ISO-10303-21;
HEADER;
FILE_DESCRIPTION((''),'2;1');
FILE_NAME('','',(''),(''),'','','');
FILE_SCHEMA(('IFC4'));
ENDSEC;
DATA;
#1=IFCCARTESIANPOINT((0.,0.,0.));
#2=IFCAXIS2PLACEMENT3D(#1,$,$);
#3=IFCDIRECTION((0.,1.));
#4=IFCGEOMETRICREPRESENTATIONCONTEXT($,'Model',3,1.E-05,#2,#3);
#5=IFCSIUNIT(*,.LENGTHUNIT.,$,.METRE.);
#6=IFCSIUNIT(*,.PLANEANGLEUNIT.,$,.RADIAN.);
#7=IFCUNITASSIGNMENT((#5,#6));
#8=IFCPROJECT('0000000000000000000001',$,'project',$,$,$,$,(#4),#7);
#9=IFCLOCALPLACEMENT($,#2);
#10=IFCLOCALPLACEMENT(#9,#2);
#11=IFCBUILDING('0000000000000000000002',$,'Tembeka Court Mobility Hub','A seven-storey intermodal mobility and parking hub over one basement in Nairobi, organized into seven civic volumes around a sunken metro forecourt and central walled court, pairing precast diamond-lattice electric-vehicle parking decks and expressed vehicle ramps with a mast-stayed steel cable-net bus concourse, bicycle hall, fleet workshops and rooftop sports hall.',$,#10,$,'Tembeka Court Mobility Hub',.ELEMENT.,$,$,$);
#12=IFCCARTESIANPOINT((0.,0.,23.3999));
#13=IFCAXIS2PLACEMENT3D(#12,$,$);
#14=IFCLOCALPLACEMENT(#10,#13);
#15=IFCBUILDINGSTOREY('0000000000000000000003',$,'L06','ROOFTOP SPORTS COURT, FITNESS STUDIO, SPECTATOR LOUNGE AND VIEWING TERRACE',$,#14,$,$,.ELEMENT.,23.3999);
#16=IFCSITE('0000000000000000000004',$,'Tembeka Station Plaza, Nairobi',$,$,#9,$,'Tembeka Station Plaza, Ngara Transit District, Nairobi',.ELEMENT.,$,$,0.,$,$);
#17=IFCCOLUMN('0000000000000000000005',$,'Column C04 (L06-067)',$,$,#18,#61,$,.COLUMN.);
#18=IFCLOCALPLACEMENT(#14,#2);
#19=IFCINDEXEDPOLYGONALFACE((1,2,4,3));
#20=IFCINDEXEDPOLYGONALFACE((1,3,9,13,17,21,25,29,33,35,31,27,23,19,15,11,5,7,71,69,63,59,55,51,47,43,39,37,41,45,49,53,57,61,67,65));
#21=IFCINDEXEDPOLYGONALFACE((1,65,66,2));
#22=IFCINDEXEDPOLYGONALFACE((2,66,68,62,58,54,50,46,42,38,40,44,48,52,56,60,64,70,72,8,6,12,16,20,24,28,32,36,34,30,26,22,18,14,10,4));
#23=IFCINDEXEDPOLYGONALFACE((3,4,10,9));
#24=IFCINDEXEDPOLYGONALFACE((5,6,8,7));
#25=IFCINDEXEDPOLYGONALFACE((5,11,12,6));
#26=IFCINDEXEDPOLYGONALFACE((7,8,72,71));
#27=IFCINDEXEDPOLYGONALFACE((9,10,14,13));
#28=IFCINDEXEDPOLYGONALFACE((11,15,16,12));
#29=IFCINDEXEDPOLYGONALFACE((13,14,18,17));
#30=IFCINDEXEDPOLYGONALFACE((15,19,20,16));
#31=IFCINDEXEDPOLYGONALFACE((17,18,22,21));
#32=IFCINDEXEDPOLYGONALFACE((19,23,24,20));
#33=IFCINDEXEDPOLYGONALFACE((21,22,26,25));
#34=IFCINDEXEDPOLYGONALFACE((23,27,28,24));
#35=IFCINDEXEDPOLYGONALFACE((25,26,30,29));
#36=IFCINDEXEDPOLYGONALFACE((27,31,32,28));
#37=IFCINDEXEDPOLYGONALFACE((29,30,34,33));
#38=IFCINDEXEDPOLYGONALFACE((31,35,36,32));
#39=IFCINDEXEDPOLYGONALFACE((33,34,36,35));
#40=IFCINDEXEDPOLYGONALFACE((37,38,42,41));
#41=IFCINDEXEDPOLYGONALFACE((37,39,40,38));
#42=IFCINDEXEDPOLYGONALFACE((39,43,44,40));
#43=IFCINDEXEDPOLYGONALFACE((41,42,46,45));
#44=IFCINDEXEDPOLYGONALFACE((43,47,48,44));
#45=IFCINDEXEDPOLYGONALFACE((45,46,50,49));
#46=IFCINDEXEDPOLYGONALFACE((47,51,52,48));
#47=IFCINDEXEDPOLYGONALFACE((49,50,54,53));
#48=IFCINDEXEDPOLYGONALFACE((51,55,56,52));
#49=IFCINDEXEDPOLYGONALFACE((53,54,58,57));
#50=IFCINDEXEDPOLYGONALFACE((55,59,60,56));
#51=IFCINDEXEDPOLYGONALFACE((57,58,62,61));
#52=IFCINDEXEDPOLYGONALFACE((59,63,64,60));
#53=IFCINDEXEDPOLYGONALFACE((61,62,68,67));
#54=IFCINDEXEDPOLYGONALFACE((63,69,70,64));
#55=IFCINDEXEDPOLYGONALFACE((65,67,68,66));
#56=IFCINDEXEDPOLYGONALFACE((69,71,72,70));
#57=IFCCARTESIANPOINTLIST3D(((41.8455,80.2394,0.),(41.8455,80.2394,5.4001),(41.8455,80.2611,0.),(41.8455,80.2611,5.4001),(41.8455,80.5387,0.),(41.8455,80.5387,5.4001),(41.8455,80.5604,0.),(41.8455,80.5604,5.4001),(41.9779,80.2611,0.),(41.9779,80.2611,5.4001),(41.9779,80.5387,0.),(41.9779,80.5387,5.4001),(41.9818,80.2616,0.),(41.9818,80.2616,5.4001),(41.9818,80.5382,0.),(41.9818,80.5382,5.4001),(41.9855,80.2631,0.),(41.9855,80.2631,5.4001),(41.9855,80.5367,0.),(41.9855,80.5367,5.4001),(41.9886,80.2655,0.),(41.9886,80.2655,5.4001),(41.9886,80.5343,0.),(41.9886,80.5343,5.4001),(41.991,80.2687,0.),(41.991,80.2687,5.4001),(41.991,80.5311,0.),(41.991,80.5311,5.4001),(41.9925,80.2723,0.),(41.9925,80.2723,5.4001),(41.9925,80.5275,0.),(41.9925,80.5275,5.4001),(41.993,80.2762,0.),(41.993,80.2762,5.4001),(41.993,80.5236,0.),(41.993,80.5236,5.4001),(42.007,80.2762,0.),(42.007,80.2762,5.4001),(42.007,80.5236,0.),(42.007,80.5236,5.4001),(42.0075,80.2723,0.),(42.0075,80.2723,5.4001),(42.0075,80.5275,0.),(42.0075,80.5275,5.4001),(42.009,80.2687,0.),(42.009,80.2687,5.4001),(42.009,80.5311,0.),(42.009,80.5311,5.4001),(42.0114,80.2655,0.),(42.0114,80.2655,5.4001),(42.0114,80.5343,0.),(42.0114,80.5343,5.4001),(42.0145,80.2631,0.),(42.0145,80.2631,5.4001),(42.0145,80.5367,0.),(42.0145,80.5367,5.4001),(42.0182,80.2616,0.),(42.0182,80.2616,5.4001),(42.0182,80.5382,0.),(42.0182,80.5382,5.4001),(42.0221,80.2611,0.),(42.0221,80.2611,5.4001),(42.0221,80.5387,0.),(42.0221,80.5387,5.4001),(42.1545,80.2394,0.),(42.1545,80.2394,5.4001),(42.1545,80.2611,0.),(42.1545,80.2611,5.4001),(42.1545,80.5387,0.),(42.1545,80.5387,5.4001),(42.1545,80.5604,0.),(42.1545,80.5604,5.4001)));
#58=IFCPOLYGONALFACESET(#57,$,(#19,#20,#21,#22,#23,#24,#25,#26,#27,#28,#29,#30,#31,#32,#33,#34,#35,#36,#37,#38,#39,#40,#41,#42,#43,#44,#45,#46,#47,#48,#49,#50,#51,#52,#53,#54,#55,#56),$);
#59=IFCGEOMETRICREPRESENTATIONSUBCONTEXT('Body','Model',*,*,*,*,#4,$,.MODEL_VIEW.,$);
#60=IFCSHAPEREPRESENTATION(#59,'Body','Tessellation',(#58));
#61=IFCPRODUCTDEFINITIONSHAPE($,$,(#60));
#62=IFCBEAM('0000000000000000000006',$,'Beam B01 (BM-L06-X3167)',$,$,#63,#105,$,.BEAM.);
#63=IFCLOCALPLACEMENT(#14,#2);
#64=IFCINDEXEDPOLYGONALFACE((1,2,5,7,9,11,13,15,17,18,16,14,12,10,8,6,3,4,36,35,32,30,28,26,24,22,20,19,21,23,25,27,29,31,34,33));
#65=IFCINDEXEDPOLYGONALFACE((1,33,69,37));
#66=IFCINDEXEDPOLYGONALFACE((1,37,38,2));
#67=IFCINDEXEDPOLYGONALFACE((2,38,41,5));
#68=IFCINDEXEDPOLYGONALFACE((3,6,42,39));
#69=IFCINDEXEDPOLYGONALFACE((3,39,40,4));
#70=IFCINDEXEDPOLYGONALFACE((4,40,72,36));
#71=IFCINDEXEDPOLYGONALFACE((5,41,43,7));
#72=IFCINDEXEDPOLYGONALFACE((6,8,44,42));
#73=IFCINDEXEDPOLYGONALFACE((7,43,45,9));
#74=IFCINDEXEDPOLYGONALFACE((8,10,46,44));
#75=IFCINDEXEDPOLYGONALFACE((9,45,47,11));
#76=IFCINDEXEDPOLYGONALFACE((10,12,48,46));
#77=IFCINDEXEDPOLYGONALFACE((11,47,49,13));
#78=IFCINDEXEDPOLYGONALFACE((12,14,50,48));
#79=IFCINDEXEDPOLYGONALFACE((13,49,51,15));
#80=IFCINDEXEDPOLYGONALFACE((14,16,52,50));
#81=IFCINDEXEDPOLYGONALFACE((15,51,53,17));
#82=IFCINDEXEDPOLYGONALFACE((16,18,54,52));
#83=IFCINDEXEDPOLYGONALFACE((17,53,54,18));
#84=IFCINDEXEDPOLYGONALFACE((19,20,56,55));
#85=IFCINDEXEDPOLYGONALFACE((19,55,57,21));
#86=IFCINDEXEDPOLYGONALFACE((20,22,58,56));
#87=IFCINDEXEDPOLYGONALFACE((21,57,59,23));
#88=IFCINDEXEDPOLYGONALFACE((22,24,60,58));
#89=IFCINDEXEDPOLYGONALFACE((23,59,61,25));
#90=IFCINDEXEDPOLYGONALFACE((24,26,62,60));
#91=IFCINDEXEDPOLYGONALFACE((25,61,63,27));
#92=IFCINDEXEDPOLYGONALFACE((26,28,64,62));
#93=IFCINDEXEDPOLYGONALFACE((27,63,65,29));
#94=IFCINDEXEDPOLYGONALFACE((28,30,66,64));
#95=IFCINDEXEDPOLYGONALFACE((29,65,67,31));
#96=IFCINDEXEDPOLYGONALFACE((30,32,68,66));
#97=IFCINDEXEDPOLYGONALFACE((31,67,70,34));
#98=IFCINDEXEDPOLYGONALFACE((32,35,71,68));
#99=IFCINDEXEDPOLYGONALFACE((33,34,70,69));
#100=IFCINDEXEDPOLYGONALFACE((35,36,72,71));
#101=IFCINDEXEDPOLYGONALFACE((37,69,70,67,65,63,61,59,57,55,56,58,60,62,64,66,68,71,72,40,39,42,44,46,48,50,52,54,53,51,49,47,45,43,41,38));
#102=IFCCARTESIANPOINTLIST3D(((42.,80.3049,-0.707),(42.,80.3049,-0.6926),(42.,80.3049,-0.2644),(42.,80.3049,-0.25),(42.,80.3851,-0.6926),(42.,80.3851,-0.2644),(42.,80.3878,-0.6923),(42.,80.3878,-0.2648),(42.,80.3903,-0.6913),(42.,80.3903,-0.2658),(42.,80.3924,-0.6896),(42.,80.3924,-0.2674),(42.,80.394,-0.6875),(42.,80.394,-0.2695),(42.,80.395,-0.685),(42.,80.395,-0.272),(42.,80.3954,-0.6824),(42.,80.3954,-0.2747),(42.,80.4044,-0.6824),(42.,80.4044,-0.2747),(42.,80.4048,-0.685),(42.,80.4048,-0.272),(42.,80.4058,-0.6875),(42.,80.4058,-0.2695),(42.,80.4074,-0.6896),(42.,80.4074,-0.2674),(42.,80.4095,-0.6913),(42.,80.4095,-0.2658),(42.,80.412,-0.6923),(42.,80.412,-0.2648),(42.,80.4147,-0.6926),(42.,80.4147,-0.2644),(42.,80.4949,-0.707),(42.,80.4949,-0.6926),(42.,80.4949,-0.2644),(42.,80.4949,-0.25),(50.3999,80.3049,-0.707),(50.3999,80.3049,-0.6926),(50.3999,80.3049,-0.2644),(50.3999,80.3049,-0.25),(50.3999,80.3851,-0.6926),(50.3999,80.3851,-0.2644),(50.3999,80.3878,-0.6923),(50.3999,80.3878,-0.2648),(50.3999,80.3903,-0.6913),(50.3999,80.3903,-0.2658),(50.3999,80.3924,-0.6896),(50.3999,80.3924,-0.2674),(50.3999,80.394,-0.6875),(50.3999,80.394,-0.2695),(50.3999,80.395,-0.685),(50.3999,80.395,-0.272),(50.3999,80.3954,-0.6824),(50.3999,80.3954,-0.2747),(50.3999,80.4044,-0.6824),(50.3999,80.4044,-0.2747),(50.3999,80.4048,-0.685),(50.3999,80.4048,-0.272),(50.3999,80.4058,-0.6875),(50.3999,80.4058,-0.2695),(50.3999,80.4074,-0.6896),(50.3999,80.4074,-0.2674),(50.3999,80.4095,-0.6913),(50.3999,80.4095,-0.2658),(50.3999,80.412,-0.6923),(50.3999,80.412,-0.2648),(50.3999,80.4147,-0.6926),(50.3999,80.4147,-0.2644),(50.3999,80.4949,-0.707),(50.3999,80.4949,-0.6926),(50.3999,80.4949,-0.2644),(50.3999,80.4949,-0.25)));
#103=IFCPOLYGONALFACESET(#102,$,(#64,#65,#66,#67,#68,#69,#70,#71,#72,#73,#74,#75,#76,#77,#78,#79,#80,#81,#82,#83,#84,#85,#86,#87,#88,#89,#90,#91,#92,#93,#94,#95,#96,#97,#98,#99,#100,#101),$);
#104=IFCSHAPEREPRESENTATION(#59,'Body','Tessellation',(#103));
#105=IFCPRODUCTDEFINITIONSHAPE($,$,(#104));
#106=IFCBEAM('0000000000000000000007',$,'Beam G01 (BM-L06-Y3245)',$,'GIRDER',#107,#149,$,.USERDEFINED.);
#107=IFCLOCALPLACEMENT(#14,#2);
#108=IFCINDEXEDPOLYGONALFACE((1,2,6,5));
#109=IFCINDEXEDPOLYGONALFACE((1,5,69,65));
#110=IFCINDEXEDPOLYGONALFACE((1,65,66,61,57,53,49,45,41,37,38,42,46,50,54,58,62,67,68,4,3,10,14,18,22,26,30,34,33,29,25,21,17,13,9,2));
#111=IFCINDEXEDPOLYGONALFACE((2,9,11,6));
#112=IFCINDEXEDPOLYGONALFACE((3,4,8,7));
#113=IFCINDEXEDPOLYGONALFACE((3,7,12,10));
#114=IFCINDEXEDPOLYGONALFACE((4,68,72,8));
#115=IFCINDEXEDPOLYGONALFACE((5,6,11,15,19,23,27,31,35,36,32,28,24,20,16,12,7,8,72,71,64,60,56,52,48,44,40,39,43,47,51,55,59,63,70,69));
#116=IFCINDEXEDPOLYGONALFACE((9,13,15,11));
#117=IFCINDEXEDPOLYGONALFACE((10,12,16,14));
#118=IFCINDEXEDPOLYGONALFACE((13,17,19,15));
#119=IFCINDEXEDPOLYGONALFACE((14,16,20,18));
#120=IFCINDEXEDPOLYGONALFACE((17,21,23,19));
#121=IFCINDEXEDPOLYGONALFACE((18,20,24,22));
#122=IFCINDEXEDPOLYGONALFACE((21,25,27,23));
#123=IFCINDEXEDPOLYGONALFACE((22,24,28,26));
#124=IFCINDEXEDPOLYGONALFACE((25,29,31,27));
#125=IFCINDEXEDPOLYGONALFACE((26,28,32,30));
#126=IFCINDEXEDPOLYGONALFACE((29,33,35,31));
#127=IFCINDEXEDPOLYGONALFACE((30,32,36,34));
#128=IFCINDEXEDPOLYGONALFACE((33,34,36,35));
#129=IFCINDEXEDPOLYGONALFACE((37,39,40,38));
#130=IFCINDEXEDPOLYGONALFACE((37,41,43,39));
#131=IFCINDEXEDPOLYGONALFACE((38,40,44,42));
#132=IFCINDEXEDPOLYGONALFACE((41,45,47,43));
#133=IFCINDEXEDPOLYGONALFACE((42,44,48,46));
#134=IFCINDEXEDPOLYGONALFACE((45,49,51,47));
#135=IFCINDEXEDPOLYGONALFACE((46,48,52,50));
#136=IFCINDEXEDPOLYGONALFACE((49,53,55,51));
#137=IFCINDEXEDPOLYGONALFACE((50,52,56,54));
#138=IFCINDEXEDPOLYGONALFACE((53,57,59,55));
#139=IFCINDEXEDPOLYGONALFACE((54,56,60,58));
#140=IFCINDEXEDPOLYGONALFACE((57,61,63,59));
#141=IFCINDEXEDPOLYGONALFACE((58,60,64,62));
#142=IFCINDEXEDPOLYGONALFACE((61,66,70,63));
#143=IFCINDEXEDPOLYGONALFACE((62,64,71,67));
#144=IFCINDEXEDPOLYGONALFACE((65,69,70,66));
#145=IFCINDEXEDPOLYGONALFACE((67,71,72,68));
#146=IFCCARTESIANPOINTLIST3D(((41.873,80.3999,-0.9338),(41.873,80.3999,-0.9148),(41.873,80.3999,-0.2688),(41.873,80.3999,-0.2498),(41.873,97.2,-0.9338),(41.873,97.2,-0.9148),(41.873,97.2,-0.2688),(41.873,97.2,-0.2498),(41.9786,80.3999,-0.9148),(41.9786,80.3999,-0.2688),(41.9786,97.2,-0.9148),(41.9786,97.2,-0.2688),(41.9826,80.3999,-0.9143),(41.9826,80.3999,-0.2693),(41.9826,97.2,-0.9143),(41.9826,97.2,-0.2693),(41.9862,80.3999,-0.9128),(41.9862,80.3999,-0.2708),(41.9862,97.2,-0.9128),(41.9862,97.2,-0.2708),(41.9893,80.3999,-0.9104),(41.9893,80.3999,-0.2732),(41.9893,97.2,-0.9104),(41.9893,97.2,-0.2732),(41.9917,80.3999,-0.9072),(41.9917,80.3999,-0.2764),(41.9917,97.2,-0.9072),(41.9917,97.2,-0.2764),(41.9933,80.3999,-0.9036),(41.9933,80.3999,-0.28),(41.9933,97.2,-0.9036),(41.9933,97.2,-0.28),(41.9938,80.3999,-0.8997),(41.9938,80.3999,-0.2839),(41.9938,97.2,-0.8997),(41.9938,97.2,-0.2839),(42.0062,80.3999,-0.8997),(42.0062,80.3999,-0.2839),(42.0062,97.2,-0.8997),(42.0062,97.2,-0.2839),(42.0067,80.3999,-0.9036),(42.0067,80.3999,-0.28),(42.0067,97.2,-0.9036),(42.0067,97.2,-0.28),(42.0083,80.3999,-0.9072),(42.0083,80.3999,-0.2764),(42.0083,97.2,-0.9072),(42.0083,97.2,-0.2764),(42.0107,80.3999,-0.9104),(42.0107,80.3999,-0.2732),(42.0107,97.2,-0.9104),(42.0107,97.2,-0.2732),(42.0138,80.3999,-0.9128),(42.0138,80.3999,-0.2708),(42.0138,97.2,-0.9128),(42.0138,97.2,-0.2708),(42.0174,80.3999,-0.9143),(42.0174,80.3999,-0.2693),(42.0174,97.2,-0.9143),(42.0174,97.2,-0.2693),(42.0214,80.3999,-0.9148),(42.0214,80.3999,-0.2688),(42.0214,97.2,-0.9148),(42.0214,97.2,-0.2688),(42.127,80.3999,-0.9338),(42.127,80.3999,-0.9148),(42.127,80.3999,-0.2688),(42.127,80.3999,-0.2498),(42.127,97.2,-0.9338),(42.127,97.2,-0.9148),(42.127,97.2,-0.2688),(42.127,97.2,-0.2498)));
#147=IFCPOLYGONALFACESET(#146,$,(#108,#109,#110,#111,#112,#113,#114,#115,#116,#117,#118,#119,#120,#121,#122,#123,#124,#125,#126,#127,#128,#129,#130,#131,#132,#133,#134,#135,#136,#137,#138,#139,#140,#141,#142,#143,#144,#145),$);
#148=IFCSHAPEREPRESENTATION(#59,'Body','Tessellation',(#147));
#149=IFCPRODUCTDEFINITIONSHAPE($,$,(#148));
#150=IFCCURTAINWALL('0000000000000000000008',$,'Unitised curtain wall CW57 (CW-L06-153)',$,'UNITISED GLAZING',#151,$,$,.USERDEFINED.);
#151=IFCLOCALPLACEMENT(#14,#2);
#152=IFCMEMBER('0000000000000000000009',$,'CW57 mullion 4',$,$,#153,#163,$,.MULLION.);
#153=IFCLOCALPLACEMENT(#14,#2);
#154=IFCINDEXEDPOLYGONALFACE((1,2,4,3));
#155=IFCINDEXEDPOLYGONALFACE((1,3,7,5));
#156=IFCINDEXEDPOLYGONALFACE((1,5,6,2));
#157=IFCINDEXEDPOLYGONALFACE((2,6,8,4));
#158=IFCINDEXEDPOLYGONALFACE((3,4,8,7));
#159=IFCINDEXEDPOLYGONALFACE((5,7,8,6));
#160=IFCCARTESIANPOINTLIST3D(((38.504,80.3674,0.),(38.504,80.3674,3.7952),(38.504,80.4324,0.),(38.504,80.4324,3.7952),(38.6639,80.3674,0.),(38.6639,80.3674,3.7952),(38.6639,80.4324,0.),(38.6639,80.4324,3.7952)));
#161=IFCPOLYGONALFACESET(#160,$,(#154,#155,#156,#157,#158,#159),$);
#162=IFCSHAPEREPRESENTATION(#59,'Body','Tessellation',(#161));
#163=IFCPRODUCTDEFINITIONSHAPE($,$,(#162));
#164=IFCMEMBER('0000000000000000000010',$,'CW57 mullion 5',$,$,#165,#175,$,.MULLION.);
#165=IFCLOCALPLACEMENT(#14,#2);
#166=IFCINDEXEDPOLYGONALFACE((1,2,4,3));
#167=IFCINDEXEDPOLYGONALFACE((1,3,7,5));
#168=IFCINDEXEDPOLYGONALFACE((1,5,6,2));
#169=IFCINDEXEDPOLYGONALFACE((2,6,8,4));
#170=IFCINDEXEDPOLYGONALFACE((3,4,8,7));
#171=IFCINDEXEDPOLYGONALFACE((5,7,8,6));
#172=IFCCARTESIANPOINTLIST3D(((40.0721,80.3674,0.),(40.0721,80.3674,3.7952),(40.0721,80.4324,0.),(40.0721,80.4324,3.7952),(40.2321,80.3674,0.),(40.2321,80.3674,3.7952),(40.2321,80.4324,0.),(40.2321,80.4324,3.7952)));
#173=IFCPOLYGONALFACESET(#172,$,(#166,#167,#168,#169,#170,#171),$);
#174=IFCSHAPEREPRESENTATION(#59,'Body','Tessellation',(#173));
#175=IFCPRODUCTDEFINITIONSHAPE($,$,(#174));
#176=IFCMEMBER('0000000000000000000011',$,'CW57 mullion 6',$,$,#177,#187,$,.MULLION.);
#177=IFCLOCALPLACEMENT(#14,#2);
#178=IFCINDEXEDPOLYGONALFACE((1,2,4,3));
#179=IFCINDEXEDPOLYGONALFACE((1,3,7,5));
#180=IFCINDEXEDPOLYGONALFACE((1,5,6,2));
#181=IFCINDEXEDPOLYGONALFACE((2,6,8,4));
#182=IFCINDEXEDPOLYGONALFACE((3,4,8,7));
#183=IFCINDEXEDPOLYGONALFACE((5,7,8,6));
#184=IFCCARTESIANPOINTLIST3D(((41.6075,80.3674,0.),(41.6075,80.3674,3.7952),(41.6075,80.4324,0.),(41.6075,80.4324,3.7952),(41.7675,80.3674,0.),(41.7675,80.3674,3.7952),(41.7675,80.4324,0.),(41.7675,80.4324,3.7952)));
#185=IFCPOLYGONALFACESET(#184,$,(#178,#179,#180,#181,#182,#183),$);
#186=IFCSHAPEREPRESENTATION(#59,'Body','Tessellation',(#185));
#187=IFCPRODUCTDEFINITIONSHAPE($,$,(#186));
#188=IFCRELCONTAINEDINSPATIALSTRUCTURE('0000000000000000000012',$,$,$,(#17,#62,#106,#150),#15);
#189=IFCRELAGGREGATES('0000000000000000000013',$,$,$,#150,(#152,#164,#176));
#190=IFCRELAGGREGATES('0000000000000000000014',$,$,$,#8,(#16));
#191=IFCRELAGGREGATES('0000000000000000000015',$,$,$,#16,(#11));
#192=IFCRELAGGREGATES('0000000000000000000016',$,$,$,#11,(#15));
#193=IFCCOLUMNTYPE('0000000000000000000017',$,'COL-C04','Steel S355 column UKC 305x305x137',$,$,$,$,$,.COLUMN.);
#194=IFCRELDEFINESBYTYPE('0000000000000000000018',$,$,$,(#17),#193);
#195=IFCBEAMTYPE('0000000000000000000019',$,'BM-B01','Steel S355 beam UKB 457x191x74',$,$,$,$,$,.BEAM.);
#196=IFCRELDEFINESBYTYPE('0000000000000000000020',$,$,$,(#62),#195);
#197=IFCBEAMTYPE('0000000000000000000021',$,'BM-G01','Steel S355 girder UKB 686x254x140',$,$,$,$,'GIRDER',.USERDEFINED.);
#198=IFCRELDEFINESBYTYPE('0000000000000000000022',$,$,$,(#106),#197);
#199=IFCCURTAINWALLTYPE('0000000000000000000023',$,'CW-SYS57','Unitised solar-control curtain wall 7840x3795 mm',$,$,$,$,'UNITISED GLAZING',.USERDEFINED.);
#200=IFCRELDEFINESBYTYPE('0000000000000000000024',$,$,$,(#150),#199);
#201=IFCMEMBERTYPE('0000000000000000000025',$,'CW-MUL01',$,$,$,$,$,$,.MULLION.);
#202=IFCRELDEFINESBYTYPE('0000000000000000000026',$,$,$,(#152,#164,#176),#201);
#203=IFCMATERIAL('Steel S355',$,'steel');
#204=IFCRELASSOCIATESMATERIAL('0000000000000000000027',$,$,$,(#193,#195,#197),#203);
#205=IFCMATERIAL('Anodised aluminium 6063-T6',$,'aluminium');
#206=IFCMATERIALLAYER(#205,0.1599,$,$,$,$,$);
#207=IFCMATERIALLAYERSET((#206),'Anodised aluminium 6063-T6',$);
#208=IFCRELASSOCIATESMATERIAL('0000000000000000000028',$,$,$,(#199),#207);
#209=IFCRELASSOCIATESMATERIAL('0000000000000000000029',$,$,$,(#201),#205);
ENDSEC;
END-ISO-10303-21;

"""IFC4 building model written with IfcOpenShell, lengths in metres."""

from ifc_helpers import new_model, si_unit, direction, frame, origin, origin_2d, place, context, subcontext, project, spatial, rectangle, i_section, extrude, material, layer, layer_set, material_profile, profile_set, type_object, element, aggregate, save


model = new_model("IFC4")

# Units and contexts
model_context = context("Model", 3, precision=1e-05, world=origin(), true_north=direction((0.0, 1.0)))
body_context = subcontext(model_context, "Body", "Model", "MODEL_VIEW")
ifc_project = project(units=[si_unit("LENGTHUNIT", "METRE"), si_unit("PLANEANGLEUNIT", "RADIAN")], contexts=[model_context])

# Site, building, storey
site_placement = place(None, origin())
site = spatial("IfcSite", under=ifc_project, at=site_placement, Name="Tembeka Station Plaza, Nairobi", LongName="Tembeka Station Plaza, Ngara Transit District, Nairobi", CompositionType="ELEMENT", RefElevation=0.0)
building_placement = place(site_placement, origin())
building = spatial("IfcBuilding", under=site, at=building_placement, Name="Tembeka Court Mobility Hub", Description="A seven-storey intermodal mobility and parking hub over one basement in Nairobi, organized into seven civic volumes around a sunken metro forecourt and central walled court, pairing precast diamond-lattice electric-vehicle parking decks and expressed vehicle ramps with a mast-stayed steel cable-net bus concourse, bicycle hall, fleet workshops and rooftop sports hall.", LongName="Tembeka Court Mobility Hub", CompositionType="ELEMENT")
storey_placement = place(building_placement, frame((0.0, 0.0, 23.3999)))
storey = spatial("IfcBuildingStorey", under=building, at=storey_placement, Name="L06", Description="ROOFTOP SPORTS COURT, FITNESS STUDIO, SPECTATOR LOUNGE AND VIEWING TERRACE", CompositionType="ELEMENT", Elevation=23.3999)

# Column
ifc_material_1 = material(Name="Steel S355", Category="steel")
ifc_material_profile_1 = material_profile(ifc_material_1, i_section(OverallWidth=0.3091, OverallDepth=0.321, WebThickness=0.0139, FlangeThickness=0.0217, FilletRadius=0.0151, at=origin_2d()), Name="UKC 305x305x137")
ifc_profile_set_1 = profile_set([ifc_material_profile_1], Name="Steel S355")
column_type = type_object("IfcColumnType", Name="COL-C04", Description="Steel S355 column UKC 305x305x137", PredefinedType="COLUMN", material=ifc_profile_set_1)
column_placement = place(storey_placement, frame((42.0, 80.3999, 0.0), z_axis=(0.0, 0.0, 1.0), x_axis=(1.0, 0.0, 0.0)))
element("IfcColumn", 1, at=column_placement, inside=storey, type_object=column_type, Name="Column C04 (L06-067)", PredefinedType="COLUMN", context=body_context, shape_type="SweptSolid", body=[
    extrude(i_section(OverallWidth=0.3091, OverallDepth=0.321, WebThickness=0.0139, FlangeThickness=0.0217, FilletRadius=0.0151, at=origin_2d()), origin(), (0.0, 0.0, 1.0), 5.4001),
])

# Beams
ifc_material_profile_2 = material_profile(ifc_material_1, i_section(OverallWidth=0.1899, OverallDepth=0.457, WebThickness=0.009, FlangeThickness=0.0144, FilletRadius=0.0103, at=origin_2d()), Name="UKB 457x191x74")
ifc_profile_set_2 = profile_set([ifc_material_profile_2], Name="Steel S355")
beam_type_1 = type_object("IfcBeamType", Name="BM-B01", Description="Steel S355 beam UKB 457x191x74", PredefinedType="BEAM", material=ifc_profile_set_2)
beam_1_placement = place(storey_placement, frame((42.0, 80.3999, -0.4785), z_axis=(1.0, 0.0, 0.0), x_axis=(0.0, 1.0, 0.0)))
element("IfcBeam", 2, at=beam_1_placement, inside=storey, type_object=beam_type_1, Name="Beam B01 (BM-L06-X3167)", PredefinedType="BEAM", context=body_context, shape_type="SweptSolid", body=[
    extrude(i_section(OverallWidth=0.1899, OverallDepth=0.457, WebThickness=0.009, FlangeThickness=0.0144, FilletRadius=0.0103, at=origin_2d()), origin(), (0.0, 0.0, 1.0), 8.3999),
])
ifc_material_profile_3 = material_profile(ifc_material_1, i_section(OverallWidth=0.2539, OverallDepth=0.6841, WebThickness=0.0125, FlangeThickness=0.019, FilletRadius=0.0151, at=origin_2d()), Name="UKB 686x254x140")
ifc_profile_set_3 = profile_set([ifc_material_profile_3], Name="Steel S355")
beam_type_2 = type_object("IfcBeamType", Name="BM-G01", Description="Steel S355 girder UKB 686x254x140", ElementType="GIRDER", PredefinedType="USERDEFINED", material=ifc_profile_set_3)
beam_2_placement = place(storey_placement, frame((42.0, 80.3999, -0.5918), z_axis=(0.0, 1.0, 0.0), x_axis=(-1.0, 0.0, 0.0)))
element("IfcBeam", 3, at=beam_2_placement, inside=storey, type_object=beam_type_2, Name="Beam G01 (BM-L06-Y3245)", ObjectType="GIRDER", PredefinedType="USERDEFINED", context=body_context, shape_type="SweptSolid", body=[
    extrude(i_section(OverallWidth=0.2539, OverallDepth=0.6841, WebThickness=0.0125, FlangeThickness=0.019, FilletRadius=0.0151, at=origin_2d()), origin(), (0.0, 0.0, 1.0), 16.8),
])

# Curtain wall, members
ifc_material_2 = material(Name="Anodised aluminium 6063-T6", Category="aluminium")
ifc_layer_1 = layer(ifc_material_2, 0.1599)
ifc_layer_set_1 = layer_set([ifc_layer_1], Name="Anodised aluminium 6063-T6")
curtain_wall_type = type_object("IfcCurtainWallType", Name="CW-SYS57", Description="Unitised solar-control curtain wall 7840x3795 mm", ElementType="UNITISED GLAZING", PredefinedType="USERDEFINED", material=ifc_layer_set_1)
curtain_wall_1_placement = place(storey_placement, origin())
curtain_wall_1 = element("IfcCurtainWall", 4, at=curtain_wall_1_placement, inside=storey, type_object=curtain_wall_type, Name="Unitised curtain wall CW57 (CW-L06-153)", ObjectType="UNITISED GLAZING", PredefinedType="USERDEFINED")
ifc_material_profile_4 = material_profile(ifc_material_2, rectangle(XDim=0.0649, YDim=0.1599, at=origin_2d()), Name="ALU-MUL 65x160")
ifc_profile_set_4 = profile_set([ifc_material_profile_4], Name="Anodised aluminium 6063-T6")
member_type_1 = type_object("IfcMemberType", Name="CW-MUL01", PredefinedType="MULLION", material=ifc_profile_set_4)
member_1_placement = place(storey_placement, frame((38.584, 80.3999, 0.0), z_axis=(0.0, 0.0, 1.0), x_axis=(0.0, 1.0, 0.0)))
member_1 = element("IfcMember", 5, at=member_1_placement, type_object=member_type_1, Name="CW57 mullion 4", PredefinedType="MULLION", context=body_context, shape_type="SweptSolid", body=[
    extrude(rectangle(XDim=0.0649, YDim=0.1599, at=origin_2d()), origin(), (0.0, 0.0, 1.0), 3.7952),
])
member_2_placement = place(storey_placement, frame((40.1521, 80.3999, 0.0), z_axis=(0.0, 0.0, 1.0), x_axis=(0.0, 1.0, 0.0)))
member_2 = element("IfcMember", 6, at=member_2_placement, type_object=member_type_1, Name="CW57 mullion 5", PredefinedType="MULLION", context=body_context, shape_type="SweptSolid", body=[
    extrude(rectangle(XDim=0.0649, YDim=0.1599, at=origin_2d()), origin(), (0.0, 0.0, 1.0), 3.7952),
])
member_3_placement = place(storey_placement, frame((41.6875, 80.3999, 0.0), z_axis=(0.0, 0.0, 1.0), x_axis=(0.0, 1.0, 0.0)))
member_3 = element("IfcMember", 7, at=member_3_placement, type_object=member_type_1, Name="CW57 mullion 6", PredefinedType="MULLION", context=body_context, shape_type="SweptSolid", body=[
    extrude(rectangle(XDim=0.0649, YDim=0.1599, at=origin_2d()), origin(), (0.0, 0.0, 1.0), 3.7952),
])

aggregate(curtain_wall_1, [member_1, member_2, member_3])

save(model, "model.ifc")
